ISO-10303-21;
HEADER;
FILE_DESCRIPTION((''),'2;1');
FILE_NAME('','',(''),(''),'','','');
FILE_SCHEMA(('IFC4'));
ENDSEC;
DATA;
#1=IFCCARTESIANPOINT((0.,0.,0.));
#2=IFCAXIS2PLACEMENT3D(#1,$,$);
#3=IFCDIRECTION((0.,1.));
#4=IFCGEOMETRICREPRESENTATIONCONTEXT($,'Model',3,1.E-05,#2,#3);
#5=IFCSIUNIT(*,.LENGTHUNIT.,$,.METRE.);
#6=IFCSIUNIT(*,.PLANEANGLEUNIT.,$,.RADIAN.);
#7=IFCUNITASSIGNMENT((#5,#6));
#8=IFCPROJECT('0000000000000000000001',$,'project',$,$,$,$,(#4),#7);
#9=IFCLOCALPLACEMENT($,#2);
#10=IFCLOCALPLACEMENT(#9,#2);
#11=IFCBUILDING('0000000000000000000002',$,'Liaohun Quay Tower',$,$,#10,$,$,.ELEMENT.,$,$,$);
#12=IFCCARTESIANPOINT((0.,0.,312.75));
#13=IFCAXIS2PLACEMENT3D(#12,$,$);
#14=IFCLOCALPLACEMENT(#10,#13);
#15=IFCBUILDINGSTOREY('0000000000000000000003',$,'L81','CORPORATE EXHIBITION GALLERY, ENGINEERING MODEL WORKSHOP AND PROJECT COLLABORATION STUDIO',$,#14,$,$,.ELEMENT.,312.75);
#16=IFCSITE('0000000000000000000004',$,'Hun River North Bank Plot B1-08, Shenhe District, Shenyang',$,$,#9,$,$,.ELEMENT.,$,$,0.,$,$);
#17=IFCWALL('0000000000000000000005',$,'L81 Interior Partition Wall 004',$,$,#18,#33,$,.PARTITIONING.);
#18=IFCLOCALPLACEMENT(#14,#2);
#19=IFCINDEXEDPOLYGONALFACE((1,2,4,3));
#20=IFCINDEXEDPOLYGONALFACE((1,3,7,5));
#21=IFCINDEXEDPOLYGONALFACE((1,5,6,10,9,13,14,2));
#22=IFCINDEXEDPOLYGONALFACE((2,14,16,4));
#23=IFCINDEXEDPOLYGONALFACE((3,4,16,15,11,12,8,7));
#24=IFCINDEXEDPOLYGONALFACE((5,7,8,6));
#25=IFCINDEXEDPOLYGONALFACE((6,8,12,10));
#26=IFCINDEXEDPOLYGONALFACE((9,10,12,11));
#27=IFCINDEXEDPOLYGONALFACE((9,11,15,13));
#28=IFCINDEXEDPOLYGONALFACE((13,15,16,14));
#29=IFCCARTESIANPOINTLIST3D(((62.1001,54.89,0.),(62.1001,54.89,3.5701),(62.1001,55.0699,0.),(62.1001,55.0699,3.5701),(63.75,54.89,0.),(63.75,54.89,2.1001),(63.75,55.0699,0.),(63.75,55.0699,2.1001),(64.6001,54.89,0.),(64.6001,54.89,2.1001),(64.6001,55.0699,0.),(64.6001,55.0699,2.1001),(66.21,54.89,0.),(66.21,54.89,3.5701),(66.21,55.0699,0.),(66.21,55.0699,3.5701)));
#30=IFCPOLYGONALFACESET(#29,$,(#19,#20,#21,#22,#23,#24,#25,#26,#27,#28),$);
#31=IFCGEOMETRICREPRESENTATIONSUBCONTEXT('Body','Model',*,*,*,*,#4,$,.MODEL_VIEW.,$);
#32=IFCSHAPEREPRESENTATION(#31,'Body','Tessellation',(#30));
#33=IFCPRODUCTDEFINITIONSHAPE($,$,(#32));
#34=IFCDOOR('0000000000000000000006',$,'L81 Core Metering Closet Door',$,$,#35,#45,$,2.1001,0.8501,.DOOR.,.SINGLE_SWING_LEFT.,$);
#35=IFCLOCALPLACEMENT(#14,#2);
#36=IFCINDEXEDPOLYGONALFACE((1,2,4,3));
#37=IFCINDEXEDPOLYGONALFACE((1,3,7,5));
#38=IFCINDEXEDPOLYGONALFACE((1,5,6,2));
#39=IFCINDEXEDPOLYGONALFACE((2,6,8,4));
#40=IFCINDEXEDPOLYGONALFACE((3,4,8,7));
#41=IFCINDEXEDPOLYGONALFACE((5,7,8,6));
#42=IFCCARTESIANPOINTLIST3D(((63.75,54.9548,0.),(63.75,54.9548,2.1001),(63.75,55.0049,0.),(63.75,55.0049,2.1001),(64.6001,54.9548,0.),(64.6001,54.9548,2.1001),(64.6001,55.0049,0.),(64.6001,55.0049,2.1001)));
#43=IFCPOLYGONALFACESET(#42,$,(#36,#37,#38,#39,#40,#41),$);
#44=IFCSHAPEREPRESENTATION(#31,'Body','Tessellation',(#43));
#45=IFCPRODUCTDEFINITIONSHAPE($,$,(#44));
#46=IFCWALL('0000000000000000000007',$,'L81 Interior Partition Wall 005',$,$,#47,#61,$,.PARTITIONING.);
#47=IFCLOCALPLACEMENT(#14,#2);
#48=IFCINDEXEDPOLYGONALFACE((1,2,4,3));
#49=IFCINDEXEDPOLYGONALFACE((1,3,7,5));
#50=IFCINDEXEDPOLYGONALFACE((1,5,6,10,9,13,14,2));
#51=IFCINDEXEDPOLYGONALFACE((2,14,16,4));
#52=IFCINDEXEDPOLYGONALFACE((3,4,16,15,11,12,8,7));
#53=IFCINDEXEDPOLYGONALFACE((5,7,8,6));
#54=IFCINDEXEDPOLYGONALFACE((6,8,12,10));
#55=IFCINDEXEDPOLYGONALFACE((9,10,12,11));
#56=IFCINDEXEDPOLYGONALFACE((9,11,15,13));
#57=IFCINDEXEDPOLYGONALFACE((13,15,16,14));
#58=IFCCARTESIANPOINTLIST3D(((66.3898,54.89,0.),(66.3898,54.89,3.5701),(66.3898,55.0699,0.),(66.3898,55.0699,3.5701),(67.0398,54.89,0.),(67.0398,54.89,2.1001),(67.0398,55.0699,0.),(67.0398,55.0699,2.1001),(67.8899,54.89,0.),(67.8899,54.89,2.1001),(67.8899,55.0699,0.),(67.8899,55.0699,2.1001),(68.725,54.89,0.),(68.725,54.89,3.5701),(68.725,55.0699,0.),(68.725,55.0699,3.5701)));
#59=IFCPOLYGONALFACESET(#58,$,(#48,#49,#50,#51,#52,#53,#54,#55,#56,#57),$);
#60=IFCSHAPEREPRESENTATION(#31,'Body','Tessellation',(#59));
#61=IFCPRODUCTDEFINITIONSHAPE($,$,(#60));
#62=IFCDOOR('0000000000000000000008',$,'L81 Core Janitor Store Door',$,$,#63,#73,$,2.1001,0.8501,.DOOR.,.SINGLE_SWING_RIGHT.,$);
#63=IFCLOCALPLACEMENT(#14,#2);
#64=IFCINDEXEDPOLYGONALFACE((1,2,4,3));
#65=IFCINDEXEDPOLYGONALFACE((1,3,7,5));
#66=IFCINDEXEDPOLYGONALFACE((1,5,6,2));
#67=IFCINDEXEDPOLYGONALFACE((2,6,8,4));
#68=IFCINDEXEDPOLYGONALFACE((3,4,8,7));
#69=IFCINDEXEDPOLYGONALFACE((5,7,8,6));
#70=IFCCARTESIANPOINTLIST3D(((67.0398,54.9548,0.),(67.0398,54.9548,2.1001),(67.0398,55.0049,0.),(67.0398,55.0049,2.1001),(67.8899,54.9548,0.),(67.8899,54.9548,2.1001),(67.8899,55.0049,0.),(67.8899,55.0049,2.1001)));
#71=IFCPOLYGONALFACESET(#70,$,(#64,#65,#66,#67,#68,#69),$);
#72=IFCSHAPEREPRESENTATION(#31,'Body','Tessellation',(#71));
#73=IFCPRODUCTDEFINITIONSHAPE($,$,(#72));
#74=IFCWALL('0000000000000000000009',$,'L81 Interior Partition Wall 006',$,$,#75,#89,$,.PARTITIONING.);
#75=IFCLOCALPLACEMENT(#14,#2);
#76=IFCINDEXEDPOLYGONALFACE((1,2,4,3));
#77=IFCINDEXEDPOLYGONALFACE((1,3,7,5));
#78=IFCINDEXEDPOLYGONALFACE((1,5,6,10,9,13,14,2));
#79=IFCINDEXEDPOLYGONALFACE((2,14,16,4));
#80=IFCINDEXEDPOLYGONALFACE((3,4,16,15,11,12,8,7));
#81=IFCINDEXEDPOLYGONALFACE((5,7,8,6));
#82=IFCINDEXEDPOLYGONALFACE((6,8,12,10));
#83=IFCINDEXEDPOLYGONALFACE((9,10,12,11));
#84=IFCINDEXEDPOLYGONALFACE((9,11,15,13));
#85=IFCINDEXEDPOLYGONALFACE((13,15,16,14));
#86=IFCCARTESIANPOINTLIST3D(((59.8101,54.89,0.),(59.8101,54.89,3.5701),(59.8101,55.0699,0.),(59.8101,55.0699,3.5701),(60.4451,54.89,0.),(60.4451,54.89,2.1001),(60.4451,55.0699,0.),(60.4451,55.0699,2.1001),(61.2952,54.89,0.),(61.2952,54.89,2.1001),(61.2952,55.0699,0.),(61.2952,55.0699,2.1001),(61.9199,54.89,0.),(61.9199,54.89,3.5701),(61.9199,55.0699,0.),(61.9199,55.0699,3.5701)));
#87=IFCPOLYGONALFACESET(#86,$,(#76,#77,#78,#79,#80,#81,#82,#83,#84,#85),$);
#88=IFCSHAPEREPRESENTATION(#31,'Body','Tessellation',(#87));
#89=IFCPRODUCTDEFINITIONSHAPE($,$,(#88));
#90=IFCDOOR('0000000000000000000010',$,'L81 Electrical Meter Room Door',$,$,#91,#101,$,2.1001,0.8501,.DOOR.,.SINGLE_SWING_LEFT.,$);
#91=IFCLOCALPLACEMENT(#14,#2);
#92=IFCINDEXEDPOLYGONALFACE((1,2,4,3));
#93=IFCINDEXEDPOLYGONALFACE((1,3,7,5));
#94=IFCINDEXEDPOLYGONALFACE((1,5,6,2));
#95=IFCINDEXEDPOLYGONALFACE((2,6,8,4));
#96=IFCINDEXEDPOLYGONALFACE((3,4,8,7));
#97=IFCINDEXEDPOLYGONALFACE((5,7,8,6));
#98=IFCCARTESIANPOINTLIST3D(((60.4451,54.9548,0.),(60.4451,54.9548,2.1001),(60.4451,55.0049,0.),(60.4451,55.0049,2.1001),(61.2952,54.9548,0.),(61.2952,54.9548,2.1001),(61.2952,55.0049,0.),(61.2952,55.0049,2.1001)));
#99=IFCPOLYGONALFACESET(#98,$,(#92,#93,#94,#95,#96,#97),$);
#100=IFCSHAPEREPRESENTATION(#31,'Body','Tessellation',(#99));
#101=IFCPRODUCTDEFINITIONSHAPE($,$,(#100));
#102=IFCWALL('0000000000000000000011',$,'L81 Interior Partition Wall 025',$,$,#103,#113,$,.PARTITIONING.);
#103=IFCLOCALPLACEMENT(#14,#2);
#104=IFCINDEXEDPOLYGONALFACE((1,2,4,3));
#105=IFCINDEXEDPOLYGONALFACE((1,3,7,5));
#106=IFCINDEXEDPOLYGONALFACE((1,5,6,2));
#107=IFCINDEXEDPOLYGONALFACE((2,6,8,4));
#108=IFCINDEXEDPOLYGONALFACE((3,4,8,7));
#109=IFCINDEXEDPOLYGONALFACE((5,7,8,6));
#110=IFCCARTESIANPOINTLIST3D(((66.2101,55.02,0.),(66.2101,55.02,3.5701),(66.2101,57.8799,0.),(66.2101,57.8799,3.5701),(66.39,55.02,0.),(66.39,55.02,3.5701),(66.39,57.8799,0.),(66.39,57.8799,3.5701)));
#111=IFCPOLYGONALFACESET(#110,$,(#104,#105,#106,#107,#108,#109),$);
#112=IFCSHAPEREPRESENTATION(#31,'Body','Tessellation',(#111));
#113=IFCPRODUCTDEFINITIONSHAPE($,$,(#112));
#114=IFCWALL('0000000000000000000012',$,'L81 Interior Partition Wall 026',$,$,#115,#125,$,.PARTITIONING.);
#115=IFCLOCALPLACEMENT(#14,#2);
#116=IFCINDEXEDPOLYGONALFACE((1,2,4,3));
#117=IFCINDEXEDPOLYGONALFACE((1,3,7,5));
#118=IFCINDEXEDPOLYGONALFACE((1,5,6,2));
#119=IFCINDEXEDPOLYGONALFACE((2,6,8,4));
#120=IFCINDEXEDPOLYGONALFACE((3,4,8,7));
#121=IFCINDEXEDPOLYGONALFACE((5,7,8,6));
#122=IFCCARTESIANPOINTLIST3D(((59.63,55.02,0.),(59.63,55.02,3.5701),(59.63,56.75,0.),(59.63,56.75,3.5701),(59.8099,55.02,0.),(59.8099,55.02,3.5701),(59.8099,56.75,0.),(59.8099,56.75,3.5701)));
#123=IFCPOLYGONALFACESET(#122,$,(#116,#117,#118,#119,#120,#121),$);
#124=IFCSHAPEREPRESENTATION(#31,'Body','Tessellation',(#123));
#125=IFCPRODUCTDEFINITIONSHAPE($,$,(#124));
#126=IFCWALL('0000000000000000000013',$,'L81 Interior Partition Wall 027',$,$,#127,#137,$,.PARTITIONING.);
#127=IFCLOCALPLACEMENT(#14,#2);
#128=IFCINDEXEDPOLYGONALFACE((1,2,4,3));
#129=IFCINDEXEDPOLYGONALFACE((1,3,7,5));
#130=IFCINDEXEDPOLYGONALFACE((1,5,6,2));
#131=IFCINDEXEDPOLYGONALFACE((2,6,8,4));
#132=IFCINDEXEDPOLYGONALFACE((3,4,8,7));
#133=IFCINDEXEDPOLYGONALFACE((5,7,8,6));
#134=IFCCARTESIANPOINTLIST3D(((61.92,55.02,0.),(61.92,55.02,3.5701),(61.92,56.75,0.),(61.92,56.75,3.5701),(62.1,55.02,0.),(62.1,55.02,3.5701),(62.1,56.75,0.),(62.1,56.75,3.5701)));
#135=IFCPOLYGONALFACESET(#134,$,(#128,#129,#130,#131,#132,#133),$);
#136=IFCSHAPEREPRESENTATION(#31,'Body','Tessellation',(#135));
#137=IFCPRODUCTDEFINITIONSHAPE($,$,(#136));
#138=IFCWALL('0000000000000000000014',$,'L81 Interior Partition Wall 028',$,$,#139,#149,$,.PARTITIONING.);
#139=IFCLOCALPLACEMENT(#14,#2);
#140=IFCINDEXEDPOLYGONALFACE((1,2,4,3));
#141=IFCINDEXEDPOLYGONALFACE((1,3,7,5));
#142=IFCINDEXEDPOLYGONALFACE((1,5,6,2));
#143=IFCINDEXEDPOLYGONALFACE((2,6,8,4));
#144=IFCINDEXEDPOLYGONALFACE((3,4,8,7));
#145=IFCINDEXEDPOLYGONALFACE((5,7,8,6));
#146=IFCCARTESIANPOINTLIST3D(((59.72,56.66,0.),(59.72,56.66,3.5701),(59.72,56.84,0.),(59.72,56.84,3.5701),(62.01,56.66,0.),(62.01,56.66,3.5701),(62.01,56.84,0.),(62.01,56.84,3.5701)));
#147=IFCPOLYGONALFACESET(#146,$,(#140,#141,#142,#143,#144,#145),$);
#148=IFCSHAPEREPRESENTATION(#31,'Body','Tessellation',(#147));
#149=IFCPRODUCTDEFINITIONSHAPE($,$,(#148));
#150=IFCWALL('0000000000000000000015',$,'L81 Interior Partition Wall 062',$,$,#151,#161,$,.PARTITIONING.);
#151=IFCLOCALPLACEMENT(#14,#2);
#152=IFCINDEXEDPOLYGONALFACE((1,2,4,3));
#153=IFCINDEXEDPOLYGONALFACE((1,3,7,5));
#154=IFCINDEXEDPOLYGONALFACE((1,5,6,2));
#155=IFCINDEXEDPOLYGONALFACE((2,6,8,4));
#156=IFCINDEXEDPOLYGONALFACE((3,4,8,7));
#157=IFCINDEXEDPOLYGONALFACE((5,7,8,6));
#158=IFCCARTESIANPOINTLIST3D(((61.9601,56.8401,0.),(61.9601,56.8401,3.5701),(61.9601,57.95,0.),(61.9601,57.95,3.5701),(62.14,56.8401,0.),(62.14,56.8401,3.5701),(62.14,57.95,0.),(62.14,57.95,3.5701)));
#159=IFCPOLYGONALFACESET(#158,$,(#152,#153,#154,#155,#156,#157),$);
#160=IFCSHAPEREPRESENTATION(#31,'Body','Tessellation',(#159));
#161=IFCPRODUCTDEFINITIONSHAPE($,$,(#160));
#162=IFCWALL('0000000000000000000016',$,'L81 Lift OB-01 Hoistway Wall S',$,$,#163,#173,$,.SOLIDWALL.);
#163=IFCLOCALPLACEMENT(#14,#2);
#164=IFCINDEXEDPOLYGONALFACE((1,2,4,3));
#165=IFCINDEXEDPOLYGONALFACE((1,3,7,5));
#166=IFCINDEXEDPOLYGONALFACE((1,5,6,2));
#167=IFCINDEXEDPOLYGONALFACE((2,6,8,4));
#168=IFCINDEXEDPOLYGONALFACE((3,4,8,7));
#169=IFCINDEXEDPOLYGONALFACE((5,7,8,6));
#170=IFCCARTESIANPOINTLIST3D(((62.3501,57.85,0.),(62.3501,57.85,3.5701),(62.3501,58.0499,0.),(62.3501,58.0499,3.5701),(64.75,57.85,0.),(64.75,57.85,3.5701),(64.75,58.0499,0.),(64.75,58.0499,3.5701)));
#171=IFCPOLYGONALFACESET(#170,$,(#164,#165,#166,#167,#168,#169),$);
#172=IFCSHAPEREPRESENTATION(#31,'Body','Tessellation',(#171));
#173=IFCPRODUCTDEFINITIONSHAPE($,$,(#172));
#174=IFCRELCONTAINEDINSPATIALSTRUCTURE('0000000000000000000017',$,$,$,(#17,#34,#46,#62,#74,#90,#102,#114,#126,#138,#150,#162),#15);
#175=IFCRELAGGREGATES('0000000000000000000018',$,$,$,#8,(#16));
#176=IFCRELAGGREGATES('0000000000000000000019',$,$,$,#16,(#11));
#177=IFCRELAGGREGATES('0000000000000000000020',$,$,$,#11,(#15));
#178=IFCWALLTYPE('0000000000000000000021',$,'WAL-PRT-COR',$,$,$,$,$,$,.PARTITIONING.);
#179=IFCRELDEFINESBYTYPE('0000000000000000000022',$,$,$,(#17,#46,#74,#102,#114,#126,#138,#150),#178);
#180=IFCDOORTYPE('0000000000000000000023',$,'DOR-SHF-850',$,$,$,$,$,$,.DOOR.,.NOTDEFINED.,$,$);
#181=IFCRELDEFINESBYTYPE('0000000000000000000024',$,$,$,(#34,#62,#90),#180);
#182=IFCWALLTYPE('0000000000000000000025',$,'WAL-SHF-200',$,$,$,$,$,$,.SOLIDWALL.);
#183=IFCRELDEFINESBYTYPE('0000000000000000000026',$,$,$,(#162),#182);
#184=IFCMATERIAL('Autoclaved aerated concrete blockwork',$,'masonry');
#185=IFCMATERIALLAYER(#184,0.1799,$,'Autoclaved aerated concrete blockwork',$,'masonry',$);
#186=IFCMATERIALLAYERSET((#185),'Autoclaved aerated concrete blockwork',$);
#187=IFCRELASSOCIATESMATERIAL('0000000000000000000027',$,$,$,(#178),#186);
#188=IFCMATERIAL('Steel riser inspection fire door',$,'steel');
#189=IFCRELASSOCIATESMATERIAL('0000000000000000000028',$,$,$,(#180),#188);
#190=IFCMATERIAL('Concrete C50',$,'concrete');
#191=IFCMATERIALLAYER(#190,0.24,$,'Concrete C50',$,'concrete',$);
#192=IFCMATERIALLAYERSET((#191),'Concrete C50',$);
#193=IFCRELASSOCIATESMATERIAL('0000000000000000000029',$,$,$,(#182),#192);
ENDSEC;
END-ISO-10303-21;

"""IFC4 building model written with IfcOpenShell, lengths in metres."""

from ifc_helpers import new_model, si_unit, direction, frame, frame_2d, origin, place, context, subcontext, project, spatial, rectangle, extrude, source, transform, mapped, material, layer, layer_set, type_object, element, fill, save


model = new_model("IFC4")

# Units and contexts
model_context = context("Model", 3, precision=1e-05, world=origin(), true_north=direction((0.0, 1.0)))
body_context = subcontext(model_context, "Body", "Model", "MODEL_VIEW")
ifc_project = project(units=[si_unit("LENGTHUNIT", "METRE"), si_unit("PLANEANGLEUNIT", "RADIAN")], contexts=[model_context])

# Site, building, storey
site_placement = place(None, origin())
site = spatial("IfcSite", under=ifc_project, at=site_placement, Name="Hun River North Bank Plot B1-08, Shenhe District, Shenyang", CompositionType="ELEMENT", RefElevation=0.0)
building_placement = place(site_placement, origin())
building = spatial("IfcBuilding", under=site, at=building_placement, Name="Liaohun Quay Tower", CompositionType="ELEMENT")
storey_placement = place(building_placement, frame((0.0, 0.0, 312.75)))
storey = spatial("IfcBuildingStorey", under=building, at=storey_placement, Name="L81", Description="CORPORATE EXHIBITION GALLERY, ENGINEERING MODEL WORKSHOP AND PROJECT COLLABORATION STUDIO", CompositionType="ELEMENT", Elevation=312.75)

# Walls, openings, doors
ifc_material_1 = material(Name="Autoclaved aerated concrete blockwork", Category="masonry")
ifc_layer_1 = layer(ifc_material_1, 0.1799, Name="Autoclaved aerated concrete blockwork", Category="masonry")
ifc_layer_set_1 = layer_set([ifc_layer_1], Name="Autoclaved aerated concrete blockwork")
wall_type_1 = type_object("IfcWallType", Name="WAL-PRT-COR", PredefinedType="PARTITIONING", material=ifc_layer_set_1)
wall_1_placement = place(storey_placement, frame((62.1001, 54.98, 0.0), z_axis=(0.0, 0.0, 1.0), x_axis=(1.0, 0.0, 0.0)))
wall_1 = element("IfcWall", 1, at=wall_1_placement, inside=storey, type_object=wall_type_1, Name="L81 Interior Partition Wall 004", PredefinedType="PARTITIONING", context=body_context, shape_type="SweptSolid", body=[
    extrude(rectangle(XDim=4.1099, YDim=0.1799, at=frame_2d((2.0549, 0.0))), origin(), (0.0, 0.0, 1.0), 3.5701),
])
shared_shape_1 = source(origin(), body_context, "Body", "SweptSolid", [
    extrude(rectangle(XDim=0.8501, YDim=2.1001, at=frame_2d((0.425, 1.05))), frame((0.0, 0.0999, 0.0), z_axis=(0.0, -1.0, 0.0), x_axis=(1.0, 0.0, 0.0)), (0.0, 0.0, 1.0), 0.2),
])
opening_1_placement = place(wall_1_placement, frame((1.6499, 0.0, 0.0)))
opening_1 = element("IfcOpeningElement", 2, at=opening_1_placement, cuts=wall_1, PredefinedType="OPENING", context=body_context, shape_type="MappedRepresentation", body=[
    mapped(shared_shape_1, transform((0.0, 0.0, 0.0), x_axis=(1.0, 0.0, 0.0), y_axis=(0.0, 1.0, 0.0), z_axis=(0.0, 0.0, 1.0), scale=1.0)),
])
ifc_material_2 = material(Name="Steel riser inspection fire door", Category="steel")
door_type = type_object("IfcDoorType", Name="DOR-SHF-850", OperationType="NOTDEFINED", PredefinedType="DOOR", material=ifc_material_2)
shared_shape_2 = source(origin(), body_context, "Body", "SweptSolid", [
    extrude(rectangle(XDim=0.8501, YDim=2.1001, at=frame_2d((0.425, 1.05))), frame((0.0, 0.0249, 0.0), z_axis=(0.0, -1.0, 0.0), x_axis=(1.0, 0.0, 0.0)), (0.0, 0.0, 1.0), 0.05),
])
door_1_placement = place(opening_1_placement, origin())
door_1 = element("IfcDoor", 3, at=door_1_placement, inside=storey, type_object=door_type, Name="L81 Core Metering Closet Door", OperationType="SINGLE_SWING_LEFT", OverallHeight=2.1001, OverallWidth=0.8501, PredefinedType="DOOR", context=body_context, shape_type="MappedRepresentation", body=[
    mapped(shared_shape_2, transform((0.0, 0.0, 0.0), x_axis=(1.0, 0.0, 0.0), y_axis=(0.0, 1.0, 0.0), z_axis=(0.0, 0.0, 1.0), scale=1.0)),
])
fill(opening_1, door_1)
wall_2_placement = place(storey_placement, frame((66.3899, 54.98, 0.0), z_axis=(0.0, 0.0, 1.0), x_axis=(1.0, 0.0, 0.0)))
wall_2 = element("IfcWall", 4, at=wall_2_placement, inside=storey, type_object=wall_type_1, Name="L81 Interior Partition Wall 005", PredefinedType="PARTITIONING", context=body_context, shape_type="SweptSolid", body=[
    extrude(rectangle(XDim=2.3352, YDim=0.1799, at=frame_2d((1.1675, 0.0))), origin(), (0.0, 0.0, 1.0), 3.5701),
])
opening_2_placement = place(wall_2_placement, frame((0.6499, 0.0, 0.0)))
opening_2 = element("IfcOpeningElement", 5, at=opening_2_placement, cuts=wall_2, PredefinedType="OPENING", context=body_context, shape_type="MappedRepresentation", body=[
    mapped(shared_shape_1, transform((0.0, 0.0, 0.0), x_axis=(1.0, 0.0, 0.0), y_axis=(0.0, 1.0, 0.0), z_axis=(0.0, 0.0, 1.0), scale=1.0)),
])
door_2_placement = place(opening_2_placement, origin())
door_2 = element("IfcDoor", 6, at=door_2_placement, inside=storey, type_object=door_type, Name="L81 Core Janitor Store Door", OperationType="SINGLE_SWING_RIGHT", OverallHeight=2.1001, OverallWidth=0.8501, PredefinedType="DOOR", context=body_context, shape_type="MappedRepresentation", body=[
    mapped(shared_shape_2, transform((0.0, 0.0, 0.0), x_axis=(1.0, 0.0, 0.0), y_axis=(0.0, 1.0, 0.0), z_axis=(0.0, 0.0, 1.0), scale=1.0)),
])
fill(opening_2, door_2)
wall_3_placement = place(storey_placement, frame((59.8101, 54.98, 0.0), z_axis=(0.0, 0.0, 1.0), x_axis=(1.0, 0.0, 0.0)))
wall_3 = element("IfcWall", 7, at=wall_3_placement, inside=storey, type_object=wall_type_1, Name="L81 Interior Partition Wall 006", PredefinedType="PARTITIONING", context=body_context, shape_type="SweptSolid", body=[
    extrude(rectangle(XDim=2.1099, YDim=0.1799, at=frame_2d((1.0549, 0.0))), origin(), (0.0, 0.0, 1.0), 3.5701),
])
opening_3_placement = place(wall_3_placement, frame((0.635, 0.0, 0.0)))
opening_3 = element("IfcOpeningElement", 8, at=opening_3_placement, cuts=wall_3, PredefinedType="OPENING", context=body_context, shape_type="MappedRepresentation", body=[
    mapped(shared_shape_1, transform((0.0, 0.0, 0.0), x_axis=(1.0, 0.0, 0.0), y_axis=(0.0, 1.0, 0.0), z_axis=(0.0, 0.0, 1.0), scale=1.0)),
])
door_3_placement = place(opening_3_placement, origin())
door_3 = element("IfcDoor", 9, at=door_3_placement, inside=storey, type_object=door_type, Name="L81 Electrical Meter Room Door", OperationType="SINGLE_SWING_LEFT", OverallHeight=2.1001, OverallWidth=0.8501, PredefinedType="DOOR", context=body_context, shape_type="MappedRepresentation", body=[
    mapped(shared_shape_2, transform((0.0, 0.0, 0.0), x_axis=(1.0, 0.0, 0.0), y_axis=(0.0, 1.0, 0.0), z_axis=(0.0, 0.0, 1.0), scale=1.0)),
])
fill(opening_3, door_3)

# Walls
wall_4_placement = place(storey_placement, frame((66.3, 55.02, 0.0), z_axis=(0.0, 0.0, 1.0), x_axis=(0.0, 1.0, 0.0)))
element("IfcWall", 10, at=wall_4_placement, inside=storey, type_object=wall_type_1, Name="L81 Interior Partition Wall 025", PredefinedType="PARTITIONING", context=body_context, shape_type="SweptSolid", body=[
    extrude(rectangle(XDim=2.8599, YDim=0.1799, at=frame_2d((1.4299, 0.0))), origin(), (0.0, 0.0, 1.0), 3.5701),
])
for number, where, z_axis, x_axis, name in (
    (11, (59.72, 55.02, 0.0), (0.0, 0.0, 1.0), (0.0, 1.0, 0.0), "L81 Interior Partition Wall 026"),
    (12, (62.01, 55.02, 0.0), (0.0, 0.0, 1.0), (0.0, 1.0, 0.0), "L81 Interior Partition Wall 027"),
):
    element("IfcWall", number, at=place(storey_placement, frame(where, z_axis=z_axis, x_axis=x_axis)), inside=storey, type_object=wall_type_1, Name=name, PredefinedType="PARTITIONING", context=body_context, shape_type="SweptSolid", body=[
        extrude(rectangle(XDim=1.73, YDim=0.1799, at=frame_2d((0.865, 0.0))), origin(), (0.0, 0.0, 1.0), 3.5701),
    ])
wall_5_placement = place(storey_placement, frame((59.72, 56.75, 0.0), z_axis=(0.0, 0.0, 1.0), x_axis=(1.0, 0.0, 0.0)))
element("IfcWall", 13, at=wall_5_placement, inside=storey, type_object=wall_type_1, Name="L81 Interior Partition Wall 028", PredefinedType="PARTITIONING", context=body_context, shape_type="SweptSolid", body=[
    extrude(rectangle(XDim=2.29, YDim=0.1799, at=frame_2d((1.145, 0.0))), origin(), (0.0, 0.0, 1.0), 3.5701),
])
wall_6_placement = place(storey_placement, frame((62.05, 56.8401, 0.0), z_axis=(0.0, 0.0, 1.0), x_axis=(0.0, 1.0, 0.0)))
element("IfcWall", 14, at=wall_6_placement, inside=storey, type_object=wall_type_1, Name="L81 Interior Partition Wall 062", PredefinedType="PARTITIONING", context=body_context, shape_type="SweptSolid", body=[
    extrude(rectangle(XDim=1.1099, YDim=0.1799, at=frame_2d((0.5549, 0.0))), origin(), (0.0, 0.0, 1.0), 3.5701),
])
ifc_material_3 = material(Name="Concrete C50", Category="concrete")
ifc_layer_2 = layer(ifc_material_3, 0.24, Name="Concrete C50", Category="concrete")
ifc_layer_set_2 = layer_set([ifc_layer_2], Name="Concrete C50")
wall_type_2 = type_object("IfcWallType", Name="WAL-SHF-200", PredefinedType="SOLIDWALL", material=ifc_layer_set_2)
wall_7_placement = place(storey_placement, frame((62.3501, 57.95, 0.0), z_axis=(0.0, 0.0, 1.0), x_axis=(1.0, 0.0, 0.0)))
element("IfcWall", 15, at=wall_7_placement, inside=storey, type_object=wall_type_2, Name="L81 Lift OB-01 Hoistway Wall S", PredefinedType="SOLIDWALL", context=body_context, shape_type="SweptSolid", body=[
    extrude(rectangle(XDim=2.3999, YDim=0.2, at=frame_2d((1.2, 0.0))), origin(), (0.0, 0.0, 1.0), 3.5701),
])

save(model, "model.ifc")
